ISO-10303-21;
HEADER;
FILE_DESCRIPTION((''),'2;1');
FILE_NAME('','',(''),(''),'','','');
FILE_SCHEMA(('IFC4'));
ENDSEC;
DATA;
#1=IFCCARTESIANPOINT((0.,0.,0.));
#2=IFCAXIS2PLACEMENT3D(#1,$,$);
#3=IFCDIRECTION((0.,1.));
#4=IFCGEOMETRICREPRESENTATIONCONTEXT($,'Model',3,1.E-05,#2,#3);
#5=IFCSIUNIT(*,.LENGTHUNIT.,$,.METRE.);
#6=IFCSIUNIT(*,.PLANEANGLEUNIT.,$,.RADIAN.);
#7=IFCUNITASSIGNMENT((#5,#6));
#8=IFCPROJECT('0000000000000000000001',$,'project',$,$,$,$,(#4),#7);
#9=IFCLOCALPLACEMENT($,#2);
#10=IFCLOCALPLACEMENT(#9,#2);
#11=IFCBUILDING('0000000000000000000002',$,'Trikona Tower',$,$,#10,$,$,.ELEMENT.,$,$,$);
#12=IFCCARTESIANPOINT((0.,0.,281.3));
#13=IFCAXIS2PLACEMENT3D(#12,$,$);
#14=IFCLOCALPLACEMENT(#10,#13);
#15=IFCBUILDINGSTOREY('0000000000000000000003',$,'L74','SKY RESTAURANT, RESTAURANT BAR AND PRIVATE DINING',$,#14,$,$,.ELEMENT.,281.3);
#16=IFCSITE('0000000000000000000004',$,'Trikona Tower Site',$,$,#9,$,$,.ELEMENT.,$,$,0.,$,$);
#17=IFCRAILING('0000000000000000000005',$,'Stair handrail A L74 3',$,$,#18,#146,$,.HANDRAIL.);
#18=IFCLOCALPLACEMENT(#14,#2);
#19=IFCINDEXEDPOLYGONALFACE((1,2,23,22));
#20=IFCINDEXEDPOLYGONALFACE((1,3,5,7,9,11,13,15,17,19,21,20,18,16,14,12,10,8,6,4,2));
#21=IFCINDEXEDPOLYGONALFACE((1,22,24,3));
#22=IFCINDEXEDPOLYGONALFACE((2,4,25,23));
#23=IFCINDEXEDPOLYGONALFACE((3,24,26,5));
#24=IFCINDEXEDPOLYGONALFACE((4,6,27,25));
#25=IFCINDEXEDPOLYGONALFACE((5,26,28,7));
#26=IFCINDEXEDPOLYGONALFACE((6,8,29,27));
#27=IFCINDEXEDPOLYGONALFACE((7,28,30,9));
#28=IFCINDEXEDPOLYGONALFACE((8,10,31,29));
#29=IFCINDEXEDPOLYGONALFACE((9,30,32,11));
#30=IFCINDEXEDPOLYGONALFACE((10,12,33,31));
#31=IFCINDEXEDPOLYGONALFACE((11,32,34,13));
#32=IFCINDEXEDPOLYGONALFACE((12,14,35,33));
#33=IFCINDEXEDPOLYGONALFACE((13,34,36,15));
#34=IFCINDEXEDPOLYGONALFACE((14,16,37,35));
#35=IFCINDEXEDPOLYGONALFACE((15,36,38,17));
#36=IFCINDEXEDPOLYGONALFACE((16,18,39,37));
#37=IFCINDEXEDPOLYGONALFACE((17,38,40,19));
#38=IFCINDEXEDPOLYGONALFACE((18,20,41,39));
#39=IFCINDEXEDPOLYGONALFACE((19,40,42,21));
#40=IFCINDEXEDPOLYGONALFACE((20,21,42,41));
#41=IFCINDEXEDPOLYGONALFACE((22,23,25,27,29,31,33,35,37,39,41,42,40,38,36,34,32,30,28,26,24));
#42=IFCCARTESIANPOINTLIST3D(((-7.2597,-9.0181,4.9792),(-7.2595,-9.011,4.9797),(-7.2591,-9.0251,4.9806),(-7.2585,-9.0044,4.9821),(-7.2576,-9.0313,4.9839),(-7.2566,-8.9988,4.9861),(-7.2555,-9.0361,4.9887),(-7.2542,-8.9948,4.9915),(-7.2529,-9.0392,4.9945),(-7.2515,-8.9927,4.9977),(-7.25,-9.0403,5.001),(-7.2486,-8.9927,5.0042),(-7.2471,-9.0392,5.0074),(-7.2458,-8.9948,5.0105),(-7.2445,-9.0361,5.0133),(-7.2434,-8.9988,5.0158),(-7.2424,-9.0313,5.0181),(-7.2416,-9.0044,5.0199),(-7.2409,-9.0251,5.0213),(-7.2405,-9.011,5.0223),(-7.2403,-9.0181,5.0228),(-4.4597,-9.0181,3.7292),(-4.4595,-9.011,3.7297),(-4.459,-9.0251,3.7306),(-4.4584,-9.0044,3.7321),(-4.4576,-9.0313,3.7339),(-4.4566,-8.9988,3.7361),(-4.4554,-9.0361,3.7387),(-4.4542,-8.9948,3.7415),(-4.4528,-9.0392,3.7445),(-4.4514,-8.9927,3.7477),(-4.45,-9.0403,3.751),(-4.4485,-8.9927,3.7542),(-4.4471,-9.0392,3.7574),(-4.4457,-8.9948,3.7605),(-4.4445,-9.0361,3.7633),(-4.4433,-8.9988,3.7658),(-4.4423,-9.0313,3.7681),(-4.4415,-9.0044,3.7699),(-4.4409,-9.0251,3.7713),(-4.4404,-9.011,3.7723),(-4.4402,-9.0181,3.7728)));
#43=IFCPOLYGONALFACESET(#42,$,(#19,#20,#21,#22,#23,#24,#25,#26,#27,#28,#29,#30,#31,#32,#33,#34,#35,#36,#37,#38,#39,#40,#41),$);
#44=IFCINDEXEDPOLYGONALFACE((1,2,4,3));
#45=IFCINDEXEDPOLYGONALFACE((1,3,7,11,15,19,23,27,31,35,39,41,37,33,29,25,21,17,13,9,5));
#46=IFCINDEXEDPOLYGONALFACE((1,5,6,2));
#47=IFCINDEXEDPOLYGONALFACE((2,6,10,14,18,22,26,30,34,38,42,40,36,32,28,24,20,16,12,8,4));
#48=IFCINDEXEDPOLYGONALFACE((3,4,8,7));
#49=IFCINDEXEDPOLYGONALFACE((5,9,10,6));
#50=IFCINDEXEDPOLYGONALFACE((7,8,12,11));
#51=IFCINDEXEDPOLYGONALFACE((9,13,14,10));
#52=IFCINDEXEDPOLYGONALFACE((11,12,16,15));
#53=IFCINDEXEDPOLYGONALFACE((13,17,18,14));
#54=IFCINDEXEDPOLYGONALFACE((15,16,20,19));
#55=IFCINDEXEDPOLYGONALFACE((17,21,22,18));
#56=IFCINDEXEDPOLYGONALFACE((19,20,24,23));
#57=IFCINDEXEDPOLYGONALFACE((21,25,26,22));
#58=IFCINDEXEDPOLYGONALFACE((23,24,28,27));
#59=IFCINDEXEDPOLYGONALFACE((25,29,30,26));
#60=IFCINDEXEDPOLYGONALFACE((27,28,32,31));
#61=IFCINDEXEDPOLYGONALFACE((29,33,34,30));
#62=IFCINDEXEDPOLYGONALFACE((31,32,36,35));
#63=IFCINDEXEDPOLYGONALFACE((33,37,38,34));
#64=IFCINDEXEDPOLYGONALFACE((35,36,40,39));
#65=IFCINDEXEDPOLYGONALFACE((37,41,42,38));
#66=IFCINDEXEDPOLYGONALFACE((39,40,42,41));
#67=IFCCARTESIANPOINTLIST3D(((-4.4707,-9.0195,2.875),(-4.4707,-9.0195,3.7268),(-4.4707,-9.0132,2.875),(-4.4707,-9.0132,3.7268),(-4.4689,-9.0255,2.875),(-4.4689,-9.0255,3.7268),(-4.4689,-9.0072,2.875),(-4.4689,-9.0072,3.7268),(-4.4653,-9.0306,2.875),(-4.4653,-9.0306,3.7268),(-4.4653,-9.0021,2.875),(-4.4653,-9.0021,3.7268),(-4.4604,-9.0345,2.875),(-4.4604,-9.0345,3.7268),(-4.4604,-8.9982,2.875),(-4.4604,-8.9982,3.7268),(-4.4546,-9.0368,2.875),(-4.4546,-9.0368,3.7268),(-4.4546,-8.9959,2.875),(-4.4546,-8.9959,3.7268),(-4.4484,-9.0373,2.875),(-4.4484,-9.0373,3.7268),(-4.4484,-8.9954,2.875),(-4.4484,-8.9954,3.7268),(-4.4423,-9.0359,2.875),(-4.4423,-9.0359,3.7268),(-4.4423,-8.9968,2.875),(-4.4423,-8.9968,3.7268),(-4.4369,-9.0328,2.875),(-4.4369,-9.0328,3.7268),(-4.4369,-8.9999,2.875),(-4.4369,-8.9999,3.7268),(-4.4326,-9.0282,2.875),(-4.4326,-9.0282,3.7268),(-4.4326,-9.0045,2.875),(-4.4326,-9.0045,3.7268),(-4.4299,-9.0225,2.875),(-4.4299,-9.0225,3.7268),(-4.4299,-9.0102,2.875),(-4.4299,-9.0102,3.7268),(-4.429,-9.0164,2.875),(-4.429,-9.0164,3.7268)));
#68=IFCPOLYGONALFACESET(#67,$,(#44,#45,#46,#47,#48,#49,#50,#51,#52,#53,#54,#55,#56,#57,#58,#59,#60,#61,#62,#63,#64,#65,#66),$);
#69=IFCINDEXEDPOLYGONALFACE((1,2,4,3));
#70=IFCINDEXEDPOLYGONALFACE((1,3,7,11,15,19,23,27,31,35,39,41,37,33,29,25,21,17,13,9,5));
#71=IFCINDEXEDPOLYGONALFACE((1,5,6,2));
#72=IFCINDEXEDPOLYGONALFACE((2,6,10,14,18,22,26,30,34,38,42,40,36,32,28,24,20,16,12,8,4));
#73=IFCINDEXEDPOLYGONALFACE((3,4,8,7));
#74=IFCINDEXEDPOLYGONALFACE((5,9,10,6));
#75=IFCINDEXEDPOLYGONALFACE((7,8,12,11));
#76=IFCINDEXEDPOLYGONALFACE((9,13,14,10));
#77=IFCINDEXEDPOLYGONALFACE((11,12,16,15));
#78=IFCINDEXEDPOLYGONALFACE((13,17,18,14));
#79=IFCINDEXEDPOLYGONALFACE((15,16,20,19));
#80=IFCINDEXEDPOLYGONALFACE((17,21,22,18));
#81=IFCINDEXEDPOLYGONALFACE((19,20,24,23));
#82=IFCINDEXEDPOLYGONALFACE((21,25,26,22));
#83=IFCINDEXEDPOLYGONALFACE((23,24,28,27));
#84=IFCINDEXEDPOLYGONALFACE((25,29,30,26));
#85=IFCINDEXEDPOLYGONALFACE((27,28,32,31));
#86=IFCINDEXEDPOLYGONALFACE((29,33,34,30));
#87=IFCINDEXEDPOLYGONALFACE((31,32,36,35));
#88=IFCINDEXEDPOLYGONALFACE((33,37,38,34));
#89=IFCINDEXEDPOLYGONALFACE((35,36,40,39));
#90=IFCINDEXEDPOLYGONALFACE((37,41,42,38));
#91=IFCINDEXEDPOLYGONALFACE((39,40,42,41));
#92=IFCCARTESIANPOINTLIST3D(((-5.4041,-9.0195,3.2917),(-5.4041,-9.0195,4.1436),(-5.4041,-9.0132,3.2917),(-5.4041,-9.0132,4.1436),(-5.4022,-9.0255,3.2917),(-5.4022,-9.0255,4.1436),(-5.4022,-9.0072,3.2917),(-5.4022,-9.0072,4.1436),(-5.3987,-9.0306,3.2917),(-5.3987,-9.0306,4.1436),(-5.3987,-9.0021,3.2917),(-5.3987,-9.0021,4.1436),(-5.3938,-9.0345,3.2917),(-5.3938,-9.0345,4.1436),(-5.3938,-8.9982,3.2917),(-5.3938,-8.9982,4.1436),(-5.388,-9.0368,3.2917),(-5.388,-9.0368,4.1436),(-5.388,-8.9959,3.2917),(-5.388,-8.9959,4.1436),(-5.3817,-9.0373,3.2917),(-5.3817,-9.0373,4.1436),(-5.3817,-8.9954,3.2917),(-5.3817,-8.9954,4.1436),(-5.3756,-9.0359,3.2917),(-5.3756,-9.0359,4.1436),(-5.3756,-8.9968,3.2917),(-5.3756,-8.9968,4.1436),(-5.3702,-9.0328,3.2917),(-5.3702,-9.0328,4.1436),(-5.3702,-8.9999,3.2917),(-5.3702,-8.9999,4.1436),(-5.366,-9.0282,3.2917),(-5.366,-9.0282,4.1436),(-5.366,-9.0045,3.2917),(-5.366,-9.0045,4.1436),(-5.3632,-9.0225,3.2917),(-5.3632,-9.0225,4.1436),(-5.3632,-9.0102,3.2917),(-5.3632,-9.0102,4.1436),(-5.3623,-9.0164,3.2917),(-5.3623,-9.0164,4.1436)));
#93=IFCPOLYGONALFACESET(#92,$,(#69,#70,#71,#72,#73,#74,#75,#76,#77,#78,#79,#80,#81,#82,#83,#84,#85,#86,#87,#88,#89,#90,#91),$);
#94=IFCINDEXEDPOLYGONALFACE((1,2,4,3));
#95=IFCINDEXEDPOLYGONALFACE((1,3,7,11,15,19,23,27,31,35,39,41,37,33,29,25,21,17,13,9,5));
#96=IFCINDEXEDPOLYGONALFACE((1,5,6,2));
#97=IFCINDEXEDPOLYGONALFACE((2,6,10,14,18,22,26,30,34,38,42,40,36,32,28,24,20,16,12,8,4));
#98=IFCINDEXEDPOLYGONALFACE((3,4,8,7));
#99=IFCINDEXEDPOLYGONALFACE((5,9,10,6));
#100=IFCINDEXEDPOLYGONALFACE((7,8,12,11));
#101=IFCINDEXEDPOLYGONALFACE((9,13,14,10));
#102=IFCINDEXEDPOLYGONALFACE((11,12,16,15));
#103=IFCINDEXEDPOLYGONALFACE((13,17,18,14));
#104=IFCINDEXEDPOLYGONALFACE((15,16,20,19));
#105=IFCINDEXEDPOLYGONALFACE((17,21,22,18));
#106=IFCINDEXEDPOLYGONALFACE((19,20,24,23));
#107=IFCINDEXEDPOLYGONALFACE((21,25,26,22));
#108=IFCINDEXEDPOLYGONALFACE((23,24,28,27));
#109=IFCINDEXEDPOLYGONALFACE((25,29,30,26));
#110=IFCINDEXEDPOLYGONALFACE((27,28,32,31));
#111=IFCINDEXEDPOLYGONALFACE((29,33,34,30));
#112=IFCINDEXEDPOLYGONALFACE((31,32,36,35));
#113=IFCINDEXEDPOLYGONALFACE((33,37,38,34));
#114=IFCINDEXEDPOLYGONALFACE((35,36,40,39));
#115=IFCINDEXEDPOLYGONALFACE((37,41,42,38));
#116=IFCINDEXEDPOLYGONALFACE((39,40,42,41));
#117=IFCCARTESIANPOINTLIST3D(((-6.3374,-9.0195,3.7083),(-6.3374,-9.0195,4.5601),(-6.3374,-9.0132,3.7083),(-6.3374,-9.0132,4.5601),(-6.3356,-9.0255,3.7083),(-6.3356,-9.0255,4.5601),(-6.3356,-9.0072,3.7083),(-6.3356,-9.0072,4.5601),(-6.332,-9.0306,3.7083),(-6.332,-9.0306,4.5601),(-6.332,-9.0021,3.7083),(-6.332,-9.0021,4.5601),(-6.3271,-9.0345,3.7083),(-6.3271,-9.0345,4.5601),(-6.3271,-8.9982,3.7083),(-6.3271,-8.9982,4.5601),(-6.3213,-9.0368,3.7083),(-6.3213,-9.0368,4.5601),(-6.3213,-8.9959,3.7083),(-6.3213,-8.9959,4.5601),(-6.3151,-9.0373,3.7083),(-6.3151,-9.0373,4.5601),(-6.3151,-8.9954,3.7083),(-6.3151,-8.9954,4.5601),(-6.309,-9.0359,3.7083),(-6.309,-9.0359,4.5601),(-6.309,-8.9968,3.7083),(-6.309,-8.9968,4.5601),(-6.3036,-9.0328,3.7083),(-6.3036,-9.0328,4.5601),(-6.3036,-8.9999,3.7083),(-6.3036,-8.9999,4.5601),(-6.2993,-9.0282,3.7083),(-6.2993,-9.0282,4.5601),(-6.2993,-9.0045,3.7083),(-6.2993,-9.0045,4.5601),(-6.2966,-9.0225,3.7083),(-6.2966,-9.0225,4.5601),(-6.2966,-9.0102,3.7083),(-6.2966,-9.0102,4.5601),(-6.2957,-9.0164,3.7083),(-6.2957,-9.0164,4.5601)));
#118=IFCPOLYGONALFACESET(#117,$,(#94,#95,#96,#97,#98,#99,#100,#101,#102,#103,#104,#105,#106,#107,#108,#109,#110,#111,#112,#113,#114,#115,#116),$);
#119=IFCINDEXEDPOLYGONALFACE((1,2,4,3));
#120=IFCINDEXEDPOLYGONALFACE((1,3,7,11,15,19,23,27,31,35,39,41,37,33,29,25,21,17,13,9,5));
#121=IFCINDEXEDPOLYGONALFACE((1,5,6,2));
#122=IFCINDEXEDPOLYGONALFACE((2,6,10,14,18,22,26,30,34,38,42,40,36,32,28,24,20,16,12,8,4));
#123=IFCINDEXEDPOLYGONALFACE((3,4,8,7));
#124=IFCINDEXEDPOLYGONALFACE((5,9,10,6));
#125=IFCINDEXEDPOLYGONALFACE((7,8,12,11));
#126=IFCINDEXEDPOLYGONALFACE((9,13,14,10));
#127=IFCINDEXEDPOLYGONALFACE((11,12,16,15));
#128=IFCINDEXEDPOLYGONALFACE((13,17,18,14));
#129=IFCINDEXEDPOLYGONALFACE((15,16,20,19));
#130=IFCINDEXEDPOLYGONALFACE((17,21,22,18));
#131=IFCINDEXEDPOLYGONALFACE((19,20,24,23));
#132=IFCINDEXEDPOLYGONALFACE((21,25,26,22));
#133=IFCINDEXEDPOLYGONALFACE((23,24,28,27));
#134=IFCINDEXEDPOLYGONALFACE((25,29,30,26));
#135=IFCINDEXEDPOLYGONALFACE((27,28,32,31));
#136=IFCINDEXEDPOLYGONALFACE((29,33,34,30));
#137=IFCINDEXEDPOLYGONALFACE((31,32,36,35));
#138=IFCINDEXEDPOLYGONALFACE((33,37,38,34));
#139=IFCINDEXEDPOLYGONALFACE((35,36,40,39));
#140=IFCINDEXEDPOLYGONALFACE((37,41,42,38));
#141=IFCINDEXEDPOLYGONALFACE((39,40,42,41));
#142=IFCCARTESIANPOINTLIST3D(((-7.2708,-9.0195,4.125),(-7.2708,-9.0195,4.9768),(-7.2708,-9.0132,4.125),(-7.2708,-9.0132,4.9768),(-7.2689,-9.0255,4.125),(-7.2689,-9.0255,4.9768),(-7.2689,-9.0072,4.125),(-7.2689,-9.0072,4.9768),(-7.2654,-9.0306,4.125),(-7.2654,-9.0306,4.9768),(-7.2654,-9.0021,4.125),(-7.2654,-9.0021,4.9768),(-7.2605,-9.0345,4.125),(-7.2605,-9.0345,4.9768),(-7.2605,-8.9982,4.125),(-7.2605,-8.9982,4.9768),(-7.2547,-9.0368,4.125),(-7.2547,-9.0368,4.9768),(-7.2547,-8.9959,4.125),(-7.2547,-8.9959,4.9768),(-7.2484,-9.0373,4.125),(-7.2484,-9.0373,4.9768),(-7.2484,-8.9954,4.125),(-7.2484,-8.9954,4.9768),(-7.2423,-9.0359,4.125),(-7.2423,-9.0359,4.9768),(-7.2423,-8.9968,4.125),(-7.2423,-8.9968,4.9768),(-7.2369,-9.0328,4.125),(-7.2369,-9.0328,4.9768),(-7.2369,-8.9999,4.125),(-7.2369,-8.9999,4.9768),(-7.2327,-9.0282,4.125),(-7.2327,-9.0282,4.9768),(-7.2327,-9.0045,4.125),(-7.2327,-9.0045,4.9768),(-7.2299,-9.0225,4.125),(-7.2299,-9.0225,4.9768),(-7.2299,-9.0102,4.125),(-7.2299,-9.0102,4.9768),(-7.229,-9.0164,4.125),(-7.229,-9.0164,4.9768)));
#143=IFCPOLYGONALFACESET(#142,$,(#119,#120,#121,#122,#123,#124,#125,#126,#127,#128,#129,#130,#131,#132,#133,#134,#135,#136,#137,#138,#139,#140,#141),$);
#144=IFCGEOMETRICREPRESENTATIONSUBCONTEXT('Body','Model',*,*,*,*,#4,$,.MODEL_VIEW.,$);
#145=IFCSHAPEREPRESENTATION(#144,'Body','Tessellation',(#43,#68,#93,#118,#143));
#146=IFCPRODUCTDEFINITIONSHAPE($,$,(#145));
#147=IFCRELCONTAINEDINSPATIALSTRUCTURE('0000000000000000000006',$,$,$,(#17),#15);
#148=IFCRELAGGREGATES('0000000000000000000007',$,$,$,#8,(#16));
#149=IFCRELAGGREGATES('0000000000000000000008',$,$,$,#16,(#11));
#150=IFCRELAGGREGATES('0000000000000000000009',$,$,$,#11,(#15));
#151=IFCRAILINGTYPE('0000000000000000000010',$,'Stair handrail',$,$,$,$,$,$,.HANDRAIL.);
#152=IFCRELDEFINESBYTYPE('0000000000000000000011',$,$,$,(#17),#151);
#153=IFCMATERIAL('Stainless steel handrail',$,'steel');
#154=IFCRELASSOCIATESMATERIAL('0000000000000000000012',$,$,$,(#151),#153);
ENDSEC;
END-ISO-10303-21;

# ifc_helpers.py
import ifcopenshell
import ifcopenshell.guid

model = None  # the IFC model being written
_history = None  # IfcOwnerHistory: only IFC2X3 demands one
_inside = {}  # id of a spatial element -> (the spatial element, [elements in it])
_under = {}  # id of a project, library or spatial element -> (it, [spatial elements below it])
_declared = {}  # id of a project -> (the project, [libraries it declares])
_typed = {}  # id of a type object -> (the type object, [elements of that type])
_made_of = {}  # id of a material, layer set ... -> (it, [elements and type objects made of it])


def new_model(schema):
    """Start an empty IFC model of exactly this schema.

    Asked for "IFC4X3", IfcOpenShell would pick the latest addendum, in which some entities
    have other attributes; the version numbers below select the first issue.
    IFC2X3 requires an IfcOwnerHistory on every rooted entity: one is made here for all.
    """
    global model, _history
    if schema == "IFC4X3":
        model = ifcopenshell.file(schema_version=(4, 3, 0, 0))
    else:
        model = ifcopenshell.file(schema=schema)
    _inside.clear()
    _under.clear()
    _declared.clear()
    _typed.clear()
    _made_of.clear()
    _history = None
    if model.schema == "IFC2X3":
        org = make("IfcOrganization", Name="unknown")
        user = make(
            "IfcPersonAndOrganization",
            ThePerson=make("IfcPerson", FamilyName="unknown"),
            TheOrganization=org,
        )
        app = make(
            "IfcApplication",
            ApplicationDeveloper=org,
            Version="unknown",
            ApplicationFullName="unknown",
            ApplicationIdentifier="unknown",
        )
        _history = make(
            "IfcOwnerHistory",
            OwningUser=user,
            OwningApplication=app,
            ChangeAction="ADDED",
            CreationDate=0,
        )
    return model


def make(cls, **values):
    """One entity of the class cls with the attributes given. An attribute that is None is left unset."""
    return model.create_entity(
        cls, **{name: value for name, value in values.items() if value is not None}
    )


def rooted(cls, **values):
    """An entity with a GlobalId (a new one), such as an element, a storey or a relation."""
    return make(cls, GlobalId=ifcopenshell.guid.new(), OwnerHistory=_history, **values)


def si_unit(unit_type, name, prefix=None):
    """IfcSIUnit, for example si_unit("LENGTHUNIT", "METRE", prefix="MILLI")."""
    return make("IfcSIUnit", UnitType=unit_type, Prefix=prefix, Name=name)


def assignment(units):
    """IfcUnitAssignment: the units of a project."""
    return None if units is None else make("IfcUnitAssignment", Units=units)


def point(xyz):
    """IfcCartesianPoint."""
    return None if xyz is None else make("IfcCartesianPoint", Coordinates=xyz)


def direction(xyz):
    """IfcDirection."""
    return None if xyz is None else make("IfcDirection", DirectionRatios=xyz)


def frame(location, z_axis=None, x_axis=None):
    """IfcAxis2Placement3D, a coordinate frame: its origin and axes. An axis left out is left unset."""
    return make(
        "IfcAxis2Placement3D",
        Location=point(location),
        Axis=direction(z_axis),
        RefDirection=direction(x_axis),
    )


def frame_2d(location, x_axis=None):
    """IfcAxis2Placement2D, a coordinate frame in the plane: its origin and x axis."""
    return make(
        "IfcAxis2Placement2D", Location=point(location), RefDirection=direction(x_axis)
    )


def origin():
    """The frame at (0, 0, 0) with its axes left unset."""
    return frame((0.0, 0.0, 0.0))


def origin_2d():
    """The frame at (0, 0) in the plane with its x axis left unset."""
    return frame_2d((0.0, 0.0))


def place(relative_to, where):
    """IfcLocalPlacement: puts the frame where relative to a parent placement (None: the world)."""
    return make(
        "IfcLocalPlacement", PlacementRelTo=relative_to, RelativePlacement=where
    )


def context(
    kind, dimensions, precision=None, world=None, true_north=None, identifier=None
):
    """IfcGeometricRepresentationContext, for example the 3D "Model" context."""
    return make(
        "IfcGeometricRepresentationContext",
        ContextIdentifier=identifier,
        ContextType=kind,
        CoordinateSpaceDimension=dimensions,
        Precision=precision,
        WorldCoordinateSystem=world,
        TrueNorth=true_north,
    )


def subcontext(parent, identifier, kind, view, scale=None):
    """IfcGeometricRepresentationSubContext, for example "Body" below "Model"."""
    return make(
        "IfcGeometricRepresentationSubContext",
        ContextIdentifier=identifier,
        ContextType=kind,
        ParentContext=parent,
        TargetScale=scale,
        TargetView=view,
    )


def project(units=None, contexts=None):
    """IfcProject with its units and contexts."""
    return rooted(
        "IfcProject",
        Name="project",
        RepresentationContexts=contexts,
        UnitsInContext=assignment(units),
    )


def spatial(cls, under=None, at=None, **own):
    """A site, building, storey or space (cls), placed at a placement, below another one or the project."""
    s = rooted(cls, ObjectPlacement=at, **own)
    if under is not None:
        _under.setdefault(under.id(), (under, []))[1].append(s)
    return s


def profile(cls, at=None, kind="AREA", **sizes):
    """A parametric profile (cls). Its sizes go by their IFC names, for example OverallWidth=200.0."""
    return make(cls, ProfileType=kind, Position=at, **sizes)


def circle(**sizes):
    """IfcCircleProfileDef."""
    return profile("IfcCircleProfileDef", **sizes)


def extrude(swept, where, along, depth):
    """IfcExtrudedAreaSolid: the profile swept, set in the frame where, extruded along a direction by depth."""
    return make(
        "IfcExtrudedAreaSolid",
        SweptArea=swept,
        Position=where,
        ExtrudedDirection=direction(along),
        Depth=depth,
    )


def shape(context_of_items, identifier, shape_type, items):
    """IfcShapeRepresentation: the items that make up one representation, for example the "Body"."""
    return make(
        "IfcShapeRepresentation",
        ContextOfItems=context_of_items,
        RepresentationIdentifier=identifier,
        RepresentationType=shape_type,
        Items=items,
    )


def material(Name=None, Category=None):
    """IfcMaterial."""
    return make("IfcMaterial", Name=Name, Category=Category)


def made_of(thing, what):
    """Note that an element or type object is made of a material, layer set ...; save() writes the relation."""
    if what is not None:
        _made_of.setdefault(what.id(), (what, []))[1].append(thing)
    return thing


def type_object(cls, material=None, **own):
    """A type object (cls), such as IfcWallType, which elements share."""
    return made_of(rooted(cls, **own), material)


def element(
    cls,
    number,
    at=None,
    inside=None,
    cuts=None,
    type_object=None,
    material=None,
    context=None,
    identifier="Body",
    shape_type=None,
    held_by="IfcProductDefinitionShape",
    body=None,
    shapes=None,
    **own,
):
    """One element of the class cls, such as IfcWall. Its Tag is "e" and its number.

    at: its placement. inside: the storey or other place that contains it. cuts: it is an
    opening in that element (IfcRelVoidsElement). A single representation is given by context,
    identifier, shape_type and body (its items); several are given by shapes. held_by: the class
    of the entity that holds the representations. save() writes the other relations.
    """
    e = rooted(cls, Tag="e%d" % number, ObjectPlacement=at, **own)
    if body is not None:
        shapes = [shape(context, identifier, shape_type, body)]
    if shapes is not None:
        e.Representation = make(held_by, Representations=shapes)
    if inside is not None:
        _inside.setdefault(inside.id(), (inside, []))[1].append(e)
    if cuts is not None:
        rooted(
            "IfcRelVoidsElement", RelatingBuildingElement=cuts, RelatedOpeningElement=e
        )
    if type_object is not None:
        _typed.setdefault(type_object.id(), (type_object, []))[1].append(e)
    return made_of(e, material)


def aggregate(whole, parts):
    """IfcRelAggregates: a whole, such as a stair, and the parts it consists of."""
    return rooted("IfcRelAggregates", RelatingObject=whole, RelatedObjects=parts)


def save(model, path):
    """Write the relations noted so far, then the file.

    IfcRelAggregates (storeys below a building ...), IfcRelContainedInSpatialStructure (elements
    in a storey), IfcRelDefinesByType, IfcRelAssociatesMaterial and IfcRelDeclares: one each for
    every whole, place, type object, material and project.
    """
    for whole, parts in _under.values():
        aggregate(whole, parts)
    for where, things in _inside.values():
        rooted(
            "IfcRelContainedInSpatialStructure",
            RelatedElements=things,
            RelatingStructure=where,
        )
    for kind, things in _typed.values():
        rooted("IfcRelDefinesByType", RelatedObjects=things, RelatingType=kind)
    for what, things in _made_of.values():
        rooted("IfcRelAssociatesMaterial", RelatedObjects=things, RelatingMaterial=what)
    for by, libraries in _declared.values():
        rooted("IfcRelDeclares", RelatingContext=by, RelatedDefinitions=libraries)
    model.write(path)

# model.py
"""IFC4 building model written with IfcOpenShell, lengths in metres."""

from ifc_helpers import new_model, si_unit, direction, frame, origin, origin_2d, place, context, subcontext, project, spatial, circle, extrude, material, type_object, element, save


model = new_model("IFC4")

# Units and contexts
model_context = context("Model", 3, precision=1e-05, world=origin(), true_north=direction((0.0, 1.0)))
body_context = subcontext(model_context, "Body", "Model", "MODEL_VIEW")
ifc_project = project(units=[si_unit("LENGTHUNIT", "METRE"), si_unit("PLANEANGLEUNIT", "RADIAN")], contexts=[model_context])

# Site, building, storey
site_placement = place(None, origin())
site = spatial("IfcSite", under=ifc_project, at=site_placement, Name="Trikona Tower Site", CompositionType="ELEMENT", RefElevation=0.0)
building_placement = place(site_placement, origin())
building = spatial("IfcBuilding", under=site, at=building_placement, Name="Trikona Tower", CompositionType="ELEMENT")
storey_placement = place(building_placement, frame((0.0, 0.0, 281.3)))
storey = spatial("IfcBuildingStorey", under=building, at=storey_placement, Name="L74", Description="SKY RESTAURANT, RESTAURANT BAR AND PRIVATE DINING", CompositionType="ELEMENT", Elevation=281.3)

# Railing
ifc_material_1 = material(Name="Stainless steel handrail", Category="steel")
railing_type = type_object("IfcRailingType", Name="Stair handrail", PredefinedType="HANDRAIL", material=ifc_material_1)
for number, where, name in (
    (1, (-4.45, -9.0164, 2.875), "Stair handrail A L74 3"),
):
    element("IfcRailing", number, at=place(storey_placement, frame(where)), inside=storey, type_object=railing_type, Name=name, PredefinedType="HANDRAIL", context=body_context, shape_type="SweptSolid", body=[
        extrude(circle(Radius=0.0239, at=origin_2d()), frame((0.0, 0.0, 0.876), z_axis=(-0.913141, 0.0, 0.407645), x_axis=(0.0, -1.0, 0.0)), (0.0, 0.0, 1.0), 3.0664),
        extrude(circle(Radius=0.021, at=origin_2d()), origin(), (0.0, 0.0, 1.0), 0.8518),
        extrude(circle(Radius=0.021, at=origin_2d()), frame((-0.9333, 0.0, 0.4167)), (0.0, 0.0, 1.0), 0.8518),
        extrude(circle(Radius=0.021, at=origin_2d()), frame((-1.8667, 0.0, 0.8333)), (0.0, 0.0, 1.0), 0.8518),
        extrude(circle(Radius=0.021, at=origin_2d()), frame((-2.8, 0.0, 1.25)), (0.0, 0.0, 1.0), 0.8518),
    ])

save(model, "model.ifc")
